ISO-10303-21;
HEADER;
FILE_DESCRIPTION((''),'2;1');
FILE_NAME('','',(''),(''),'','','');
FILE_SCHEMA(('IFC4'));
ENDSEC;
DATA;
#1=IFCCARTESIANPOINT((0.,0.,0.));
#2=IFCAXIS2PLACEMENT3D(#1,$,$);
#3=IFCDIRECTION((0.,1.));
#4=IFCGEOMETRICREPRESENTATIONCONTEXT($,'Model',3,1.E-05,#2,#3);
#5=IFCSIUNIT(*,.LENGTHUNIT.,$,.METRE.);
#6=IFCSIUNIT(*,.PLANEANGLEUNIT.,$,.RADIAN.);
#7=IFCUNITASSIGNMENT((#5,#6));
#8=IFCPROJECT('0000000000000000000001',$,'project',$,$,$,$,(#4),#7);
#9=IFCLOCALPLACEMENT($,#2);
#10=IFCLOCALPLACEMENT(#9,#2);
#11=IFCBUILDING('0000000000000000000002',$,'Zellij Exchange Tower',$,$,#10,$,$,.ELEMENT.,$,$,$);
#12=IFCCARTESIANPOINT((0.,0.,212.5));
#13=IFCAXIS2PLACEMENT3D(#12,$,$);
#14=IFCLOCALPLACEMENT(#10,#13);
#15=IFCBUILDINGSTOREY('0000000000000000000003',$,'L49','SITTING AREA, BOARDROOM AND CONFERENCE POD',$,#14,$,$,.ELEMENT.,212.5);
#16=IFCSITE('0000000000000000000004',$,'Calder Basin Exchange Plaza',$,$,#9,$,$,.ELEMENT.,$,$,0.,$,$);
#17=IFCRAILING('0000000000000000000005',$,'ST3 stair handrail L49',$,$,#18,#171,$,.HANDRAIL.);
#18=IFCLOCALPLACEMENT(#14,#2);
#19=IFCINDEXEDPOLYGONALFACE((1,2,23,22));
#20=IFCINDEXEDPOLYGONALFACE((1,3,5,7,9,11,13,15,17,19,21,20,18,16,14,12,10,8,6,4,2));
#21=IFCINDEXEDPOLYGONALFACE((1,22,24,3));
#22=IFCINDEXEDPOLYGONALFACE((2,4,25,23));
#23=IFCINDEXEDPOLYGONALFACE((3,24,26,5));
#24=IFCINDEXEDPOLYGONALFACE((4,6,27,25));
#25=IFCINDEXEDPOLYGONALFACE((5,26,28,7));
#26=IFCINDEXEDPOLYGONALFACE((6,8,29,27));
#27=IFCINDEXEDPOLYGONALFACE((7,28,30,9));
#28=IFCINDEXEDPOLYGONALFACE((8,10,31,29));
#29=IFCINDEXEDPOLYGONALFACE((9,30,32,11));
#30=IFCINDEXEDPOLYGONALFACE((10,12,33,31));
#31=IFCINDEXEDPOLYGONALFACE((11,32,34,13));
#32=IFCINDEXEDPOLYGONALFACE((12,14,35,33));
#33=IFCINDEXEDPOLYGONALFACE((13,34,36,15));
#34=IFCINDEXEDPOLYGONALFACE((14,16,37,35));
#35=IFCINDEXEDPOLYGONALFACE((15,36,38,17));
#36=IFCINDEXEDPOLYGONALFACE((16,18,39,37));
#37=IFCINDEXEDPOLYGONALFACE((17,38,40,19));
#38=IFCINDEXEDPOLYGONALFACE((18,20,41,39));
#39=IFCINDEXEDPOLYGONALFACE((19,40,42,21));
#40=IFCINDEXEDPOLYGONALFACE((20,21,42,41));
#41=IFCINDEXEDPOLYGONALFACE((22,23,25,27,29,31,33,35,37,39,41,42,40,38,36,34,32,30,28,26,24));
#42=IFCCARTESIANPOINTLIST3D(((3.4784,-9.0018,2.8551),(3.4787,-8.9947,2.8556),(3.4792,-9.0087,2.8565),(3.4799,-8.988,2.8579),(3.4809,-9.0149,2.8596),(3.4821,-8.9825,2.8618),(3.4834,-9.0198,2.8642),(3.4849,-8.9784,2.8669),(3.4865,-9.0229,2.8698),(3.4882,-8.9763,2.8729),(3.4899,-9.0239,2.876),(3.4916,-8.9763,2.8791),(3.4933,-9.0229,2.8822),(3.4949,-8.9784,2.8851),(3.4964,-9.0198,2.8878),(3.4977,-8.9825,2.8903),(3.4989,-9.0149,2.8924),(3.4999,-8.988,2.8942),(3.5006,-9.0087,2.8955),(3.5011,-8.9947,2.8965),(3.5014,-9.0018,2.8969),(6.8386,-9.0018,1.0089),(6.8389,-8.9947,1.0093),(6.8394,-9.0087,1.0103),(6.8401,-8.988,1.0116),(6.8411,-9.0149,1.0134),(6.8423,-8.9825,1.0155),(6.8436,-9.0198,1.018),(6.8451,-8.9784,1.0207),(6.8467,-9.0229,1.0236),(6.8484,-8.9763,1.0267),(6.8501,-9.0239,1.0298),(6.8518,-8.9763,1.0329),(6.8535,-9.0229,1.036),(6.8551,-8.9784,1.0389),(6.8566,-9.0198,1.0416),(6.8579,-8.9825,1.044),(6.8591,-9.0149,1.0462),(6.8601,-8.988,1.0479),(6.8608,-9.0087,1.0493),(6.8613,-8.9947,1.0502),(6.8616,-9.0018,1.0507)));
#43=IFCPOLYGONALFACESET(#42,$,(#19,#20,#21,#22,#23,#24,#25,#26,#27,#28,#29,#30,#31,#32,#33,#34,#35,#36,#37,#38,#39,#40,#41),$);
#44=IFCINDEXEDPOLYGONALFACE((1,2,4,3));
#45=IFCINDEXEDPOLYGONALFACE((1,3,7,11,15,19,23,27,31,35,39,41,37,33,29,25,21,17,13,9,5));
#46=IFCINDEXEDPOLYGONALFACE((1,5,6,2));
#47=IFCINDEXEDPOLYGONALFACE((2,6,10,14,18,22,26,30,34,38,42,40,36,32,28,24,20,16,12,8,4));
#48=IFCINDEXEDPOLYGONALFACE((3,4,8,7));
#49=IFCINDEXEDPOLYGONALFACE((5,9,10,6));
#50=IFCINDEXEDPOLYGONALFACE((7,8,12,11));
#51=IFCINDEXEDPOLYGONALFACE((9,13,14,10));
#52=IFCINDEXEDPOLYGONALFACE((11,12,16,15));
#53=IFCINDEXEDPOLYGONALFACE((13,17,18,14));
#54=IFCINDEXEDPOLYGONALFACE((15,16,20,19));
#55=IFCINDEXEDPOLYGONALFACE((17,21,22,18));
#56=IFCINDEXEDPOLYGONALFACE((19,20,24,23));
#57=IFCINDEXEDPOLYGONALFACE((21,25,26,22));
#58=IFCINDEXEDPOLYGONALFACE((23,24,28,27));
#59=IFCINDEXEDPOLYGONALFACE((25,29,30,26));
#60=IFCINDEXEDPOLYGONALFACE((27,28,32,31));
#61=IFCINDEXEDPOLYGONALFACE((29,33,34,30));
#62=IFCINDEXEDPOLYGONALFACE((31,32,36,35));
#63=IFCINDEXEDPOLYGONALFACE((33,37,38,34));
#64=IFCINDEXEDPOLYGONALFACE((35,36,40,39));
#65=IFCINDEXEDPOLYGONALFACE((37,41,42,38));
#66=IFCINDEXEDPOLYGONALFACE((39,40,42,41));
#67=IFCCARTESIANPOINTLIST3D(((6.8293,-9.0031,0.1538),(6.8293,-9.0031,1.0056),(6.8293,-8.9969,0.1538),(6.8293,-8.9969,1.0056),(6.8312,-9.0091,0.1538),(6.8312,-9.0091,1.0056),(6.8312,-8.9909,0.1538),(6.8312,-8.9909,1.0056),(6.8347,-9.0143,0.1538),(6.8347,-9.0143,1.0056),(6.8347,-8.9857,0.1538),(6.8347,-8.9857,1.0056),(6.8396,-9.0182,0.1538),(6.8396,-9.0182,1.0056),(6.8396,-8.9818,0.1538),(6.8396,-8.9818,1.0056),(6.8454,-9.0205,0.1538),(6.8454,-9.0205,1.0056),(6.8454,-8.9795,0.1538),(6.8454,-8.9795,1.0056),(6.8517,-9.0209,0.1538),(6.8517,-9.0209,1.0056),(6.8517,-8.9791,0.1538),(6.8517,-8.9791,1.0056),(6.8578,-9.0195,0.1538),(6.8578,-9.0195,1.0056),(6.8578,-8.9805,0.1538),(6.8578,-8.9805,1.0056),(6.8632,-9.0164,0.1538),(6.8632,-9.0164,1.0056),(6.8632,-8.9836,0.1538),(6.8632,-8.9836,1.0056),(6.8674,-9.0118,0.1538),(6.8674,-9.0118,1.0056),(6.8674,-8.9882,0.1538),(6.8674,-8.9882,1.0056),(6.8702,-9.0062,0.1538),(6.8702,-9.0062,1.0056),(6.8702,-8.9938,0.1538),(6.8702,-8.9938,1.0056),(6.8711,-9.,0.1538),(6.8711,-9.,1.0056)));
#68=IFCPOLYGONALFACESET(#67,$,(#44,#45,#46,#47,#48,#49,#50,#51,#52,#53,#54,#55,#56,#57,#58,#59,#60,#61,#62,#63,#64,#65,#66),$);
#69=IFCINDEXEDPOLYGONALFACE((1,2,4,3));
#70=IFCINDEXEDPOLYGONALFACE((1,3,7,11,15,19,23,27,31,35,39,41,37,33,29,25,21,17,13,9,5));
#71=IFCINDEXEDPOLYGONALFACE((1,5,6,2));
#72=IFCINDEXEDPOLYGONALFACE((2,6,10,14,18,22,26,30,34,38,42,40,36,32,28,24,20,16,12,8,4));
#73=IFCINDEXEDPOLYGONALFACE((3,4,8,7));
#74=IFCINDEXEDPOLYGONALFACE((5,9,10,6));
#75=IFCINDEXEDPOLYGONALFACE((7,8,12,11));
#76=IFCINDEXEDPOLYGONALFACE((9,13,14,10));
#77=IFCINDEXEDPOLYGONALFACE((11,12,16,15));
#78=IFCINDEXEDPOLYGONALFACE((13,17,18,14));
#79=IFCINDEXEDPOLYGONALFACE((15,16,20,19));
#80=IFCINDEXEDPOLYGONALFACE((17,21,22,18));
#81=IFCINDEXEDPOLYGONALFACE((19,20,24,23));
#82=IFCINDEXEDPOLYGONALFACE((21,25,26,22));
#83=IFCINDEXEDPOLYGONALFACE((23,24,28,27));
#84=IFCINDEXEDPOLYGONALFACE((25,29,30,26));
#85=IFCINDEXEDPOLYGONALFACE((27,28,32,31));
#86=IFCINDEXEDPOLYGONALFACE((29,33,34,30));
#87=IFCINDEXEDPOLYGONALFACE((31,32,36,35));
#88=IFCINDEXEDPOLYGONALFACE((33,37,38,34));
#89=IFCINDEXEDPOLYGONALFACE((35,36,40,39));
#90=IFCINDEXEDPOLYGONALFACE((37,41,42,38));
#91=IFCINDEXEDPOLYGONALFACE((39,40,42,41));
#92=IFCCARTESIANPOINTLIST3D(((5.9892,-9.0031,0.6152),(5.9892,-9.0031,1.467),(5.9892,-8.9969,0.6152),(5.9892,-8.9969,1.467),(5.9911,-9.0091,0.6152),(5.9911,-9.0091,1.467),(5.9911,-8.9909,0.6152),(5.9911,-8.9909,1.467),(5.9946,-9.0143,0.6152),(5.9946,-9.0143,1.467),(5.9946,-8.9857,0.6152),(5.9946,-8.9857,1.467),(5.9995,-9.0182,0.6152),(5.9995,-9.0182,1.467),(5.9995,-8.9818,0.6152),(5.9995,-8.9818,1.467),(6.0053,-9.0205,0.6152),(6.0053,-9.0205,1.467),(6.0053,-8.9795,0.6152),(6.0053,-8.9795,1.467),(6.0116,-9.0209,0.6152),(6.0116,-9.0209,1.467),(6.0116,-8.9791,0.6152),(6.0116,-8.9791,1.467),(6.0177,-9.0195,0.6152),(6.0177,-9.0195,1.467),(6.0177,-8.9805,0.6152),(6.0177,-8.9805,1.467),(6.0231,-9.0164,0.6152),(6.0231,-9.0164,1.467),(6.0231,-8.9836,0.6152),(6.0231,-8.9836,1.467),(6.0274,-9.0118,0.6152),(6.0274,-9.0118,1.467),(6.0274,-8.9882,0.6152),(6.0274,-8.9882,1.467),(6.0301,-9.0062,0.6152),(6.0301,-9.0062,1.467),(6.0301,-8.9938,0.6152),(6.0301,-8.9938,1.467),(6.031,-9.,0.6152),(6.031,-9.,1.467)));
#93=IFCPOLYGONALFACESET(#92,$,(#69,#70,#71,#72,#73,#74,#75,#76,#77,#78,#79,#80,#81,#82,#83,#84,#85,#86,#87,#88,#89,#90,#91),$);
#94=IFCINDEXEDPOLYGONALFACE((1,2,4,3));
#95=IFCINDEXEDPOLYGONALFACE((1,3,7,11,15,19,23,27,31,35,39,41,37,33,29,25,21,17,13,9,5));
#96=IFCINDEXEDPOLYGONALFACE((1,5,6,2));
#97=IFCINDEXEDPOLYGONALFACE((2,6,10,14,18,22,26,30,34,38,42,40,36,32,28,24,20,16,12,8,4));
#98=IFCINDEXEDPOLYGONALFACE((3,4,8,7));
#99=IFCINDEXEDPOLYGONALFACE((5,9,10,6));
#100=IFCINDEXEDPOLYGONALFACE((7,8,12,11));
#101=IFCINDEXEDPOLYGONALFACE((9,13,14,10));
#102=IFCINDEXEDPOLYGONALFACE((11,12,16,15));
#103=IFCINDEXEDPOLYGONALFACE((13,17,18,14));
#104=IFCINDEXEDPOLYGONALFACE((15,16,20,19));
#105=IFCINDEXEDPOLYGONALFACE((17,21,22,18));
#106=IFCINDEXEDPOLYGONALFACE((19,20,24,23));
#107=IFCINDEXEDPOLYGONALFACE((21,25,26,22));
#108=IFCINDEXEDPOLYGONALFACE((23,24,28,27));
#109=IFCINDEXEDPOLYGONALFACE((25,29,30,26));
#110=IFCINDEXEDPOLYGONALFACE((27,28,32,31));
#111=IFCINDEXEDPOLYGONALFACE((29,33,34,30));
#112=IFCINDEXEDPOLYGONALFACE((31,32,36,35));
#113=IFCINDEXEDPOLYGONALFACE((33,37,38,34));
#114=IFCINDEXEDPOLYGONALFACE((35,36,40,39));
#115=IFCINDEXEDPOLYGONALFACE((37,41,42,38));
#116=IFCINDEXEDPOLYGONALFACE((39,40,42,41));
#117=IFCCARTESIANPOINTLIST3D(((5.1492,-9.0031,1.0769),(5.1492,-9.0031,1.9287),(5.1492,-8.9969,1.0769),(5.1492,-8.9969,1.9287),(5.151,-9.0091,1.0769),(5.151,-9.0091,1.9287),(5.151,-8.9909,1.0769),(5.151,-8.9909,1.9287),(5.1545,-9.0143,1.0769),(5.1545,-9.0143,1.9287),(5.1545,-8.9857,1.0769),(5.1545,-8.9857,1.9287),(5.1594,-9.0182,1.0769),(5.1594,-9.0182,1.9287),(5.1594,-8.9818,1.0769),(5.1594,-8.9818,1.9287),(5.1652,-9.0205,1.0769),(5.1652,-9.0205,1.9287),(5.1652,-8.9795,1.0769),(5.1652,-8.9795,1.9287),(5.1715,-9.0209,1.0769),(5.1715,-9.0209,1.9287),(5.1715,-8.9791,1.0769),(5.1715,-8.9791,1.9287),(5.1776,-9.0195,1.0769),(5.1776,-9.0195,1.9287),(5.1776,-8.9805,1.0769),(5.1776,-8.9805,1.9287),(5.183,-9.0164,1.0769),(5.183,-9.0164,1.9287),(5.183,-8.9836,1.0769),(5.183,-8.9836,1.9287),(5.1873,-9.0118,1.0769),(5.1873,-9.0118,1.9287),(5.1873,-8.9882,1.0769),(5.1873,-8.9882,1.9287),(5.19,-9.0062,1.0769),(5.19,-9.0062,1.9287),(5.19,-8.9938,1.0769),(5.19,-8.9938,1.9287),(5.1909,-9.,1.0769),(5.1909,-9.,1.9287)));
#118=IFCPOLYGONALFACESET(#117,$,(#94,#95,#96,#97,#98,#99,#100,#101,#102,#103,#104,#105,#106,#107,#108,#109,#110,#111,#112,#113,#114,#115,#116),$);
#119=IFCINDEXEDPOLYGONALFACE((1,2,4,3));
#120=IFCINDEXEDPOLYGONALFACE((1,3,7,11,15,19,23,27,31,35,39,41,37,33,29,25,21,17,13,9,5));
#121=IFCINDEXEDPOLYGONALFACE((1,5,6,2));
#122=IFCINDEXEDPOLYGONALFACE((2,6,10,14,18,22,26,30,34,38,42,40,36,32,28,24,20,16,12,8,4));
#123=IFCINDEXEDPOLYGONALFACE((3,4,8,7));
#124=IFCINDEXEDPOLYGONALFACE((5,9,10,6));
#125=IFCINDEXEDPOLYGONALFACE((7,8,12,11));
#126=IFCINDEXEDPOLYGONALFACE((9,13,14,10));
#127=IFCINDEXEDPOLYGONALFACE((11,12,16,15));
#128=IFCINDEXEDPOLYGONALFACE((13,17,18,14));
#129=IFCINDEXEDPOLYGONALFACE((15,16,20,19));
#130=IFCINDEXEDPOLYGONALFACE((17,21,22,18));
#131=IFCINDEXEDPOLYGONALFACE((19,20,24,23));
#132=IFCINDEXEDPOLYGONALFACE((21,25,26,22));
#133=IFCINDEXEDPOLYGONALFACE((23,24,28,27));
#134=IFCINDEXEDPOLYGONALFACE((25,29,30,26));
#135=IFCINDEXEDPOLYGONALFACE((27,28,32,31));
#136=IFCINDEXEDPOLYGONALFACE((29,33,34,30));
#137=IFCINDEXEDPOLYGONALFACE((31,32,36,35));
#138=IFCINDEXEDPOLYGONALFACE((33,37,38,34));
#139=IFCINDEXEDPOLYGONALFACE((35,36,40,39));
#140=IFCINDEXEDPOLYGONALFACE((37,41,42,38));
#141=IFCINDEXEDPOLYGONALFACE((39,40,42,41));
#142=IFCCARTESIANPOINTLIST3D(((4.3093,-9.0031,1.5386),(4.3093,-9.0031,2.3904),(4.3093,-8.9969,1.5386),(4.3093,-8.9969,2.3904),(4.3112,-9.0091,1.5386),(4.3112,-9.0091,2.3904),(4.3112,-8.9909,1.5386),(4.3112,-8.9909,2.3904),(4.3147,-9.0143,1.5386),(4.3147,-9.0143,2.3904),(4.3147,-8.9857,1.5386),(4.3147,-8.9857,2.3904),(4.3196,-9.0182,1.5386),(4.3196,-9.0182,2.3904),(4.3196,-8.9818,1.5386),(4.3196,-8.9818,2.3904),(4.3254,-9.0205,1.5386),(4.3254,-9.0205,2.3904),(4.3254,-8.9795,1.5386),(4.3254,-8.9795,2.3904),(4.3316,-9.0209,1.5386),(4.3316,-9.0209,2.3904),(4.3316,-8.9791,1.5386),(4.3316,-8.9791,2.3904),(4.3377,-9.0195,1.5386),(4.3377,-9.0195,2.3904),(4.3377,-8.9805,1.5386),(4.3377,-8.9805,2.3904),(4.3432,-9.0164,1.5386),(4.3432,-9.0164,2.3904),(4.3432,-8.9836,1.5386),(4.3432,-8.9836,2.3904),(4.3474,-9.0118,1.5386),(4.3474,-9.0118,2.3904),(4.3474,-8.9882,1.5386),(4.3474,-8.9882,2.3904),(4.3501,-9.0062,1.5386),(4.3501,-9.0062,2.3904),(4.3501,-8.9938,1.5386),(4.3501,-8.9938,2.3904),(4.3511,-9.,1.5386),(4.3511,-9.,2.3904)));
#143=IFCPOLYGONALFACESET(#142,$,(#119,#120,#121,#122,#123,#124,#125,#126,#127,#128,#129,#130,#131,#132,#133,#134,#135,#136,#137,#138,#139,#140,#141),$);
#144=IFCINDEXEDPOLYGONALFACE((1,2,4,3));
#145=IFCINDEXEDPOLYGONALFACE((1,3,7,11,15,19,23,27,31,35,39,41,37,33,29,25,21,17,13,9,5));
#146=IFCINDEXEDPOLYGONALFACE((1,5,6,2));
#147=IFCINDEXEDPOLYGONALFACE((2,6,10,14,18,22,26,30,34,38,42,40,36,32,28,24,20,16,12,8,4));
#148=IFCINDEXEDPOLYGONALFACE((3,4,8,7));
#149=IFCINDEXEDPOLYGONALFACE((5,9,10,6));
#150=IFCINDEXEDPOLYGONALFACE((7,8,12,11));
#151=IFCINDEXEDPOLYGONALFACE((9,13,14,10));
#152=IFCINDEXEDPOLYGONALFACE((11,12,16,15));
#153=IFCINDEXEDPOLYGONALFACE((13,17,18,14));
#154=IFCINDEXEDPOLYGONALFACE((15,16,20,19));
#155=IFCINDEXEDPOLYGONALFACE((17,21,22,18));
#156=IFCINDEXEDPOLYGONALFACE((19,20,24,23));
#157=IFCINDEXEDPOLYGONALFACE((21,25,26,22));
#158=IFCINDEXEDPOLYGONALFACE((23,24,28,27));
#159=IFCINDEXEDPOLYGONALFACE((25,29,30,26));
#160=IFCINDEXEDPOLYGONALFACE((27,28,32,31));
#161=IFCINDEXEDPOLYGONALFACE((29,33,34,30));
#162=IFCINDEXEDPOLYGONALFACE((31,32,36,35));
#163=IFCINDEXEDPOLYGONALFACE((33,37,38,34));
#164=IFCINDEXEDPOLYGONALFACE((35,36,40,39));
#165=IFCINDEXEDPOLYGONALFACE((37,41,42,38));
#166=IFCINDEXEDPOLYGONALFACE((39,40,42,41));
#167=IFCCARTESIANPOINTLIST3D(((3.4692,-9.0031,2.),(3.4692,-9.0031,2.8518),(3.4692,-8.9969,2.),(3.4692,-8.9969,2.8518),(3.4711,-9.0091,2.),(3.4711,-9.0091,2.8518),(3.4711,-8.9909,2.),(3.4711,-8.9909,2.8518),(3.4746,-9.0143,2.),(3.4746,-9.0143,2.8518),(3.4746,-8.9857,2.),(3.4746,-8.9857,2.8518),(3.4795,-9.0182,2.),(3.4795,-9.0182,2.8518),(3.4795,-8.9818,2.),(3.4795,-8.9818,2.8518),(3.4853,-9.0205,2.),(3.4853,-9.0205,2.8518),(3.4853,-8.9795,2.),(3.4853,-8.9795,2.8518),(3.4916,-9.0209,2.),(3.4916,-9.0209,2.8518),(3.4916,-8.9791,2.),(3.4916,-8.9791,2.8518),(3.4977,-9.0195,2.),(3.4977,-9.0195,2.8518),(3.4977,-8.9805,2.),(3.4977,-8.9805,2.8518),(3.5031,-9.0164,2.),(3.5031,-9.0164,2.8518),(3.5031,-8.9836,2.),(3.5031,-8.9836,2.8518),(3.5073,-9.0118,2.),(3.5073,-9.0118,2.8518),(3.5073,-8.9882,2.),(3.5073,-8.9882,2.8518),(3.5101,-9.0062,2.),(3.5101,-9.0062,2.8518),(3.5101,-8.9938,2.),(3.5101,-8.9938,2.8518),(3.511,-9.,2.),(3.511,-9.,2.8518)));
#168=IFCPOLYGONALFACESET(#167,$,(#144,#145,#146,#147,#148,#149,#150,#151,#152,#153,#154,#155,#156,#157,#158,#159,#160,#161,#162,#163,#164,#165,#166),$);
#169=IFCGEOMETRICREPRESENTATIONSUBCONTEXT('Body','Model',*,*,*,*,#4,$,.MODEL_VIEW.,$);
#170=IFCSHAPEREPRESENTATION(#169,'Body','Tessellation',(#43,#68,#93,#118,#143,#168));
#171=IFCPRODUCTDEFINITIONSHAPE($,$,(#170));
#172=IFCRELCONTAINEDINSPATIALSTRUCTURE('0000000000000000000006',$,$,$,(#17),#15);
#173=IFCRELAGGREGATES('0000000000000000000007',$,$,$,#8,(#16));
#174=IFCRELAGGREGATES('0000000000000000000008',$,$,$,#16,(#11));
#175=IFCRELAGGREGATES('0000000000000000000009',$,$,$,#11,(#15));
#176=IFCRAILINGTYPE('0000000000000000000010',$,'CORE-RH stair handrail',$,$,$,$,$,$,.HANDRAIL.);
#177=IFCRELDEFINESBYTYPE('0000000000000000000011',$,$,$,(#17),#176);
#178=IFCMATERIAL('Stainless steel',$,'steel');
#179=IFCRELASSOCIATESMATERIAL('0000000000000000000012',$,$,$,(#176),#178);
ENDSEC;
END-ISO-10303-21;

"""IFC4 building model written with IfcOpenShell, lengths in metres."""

from ifc_helpers import new_model, si_unit, direction, frame, origin, origin_2d, place, context, subcontext, project, spatial, circle, extrude, material, type_object, element, save


model = new_model("IFC4")

# Units and contexts
model_context = context("Model", 3, precision=1e-05, world=origin(), true_north=direction((0.0, 1.0)))
body_context = subcontext(model_context, "Body", "Model", "MODEL_VIEW")
ifc_project = project(units=[si_unit("LENGTHUNIT", "METRE"), si_unit("PLANEANGLEUNIT", "RADIAN")], contexts=[model_context])

# Site, building, storey
site_placement = place(None, origin())
site = spatial("IfcSite", under=ifc_project, at=site_placement, Name="Calder Basin Exchange Plaza", CompositionType="ELEMENT", RefElevation=0.0)
building_placement = place(site_placement, origin())
building = spatial("IfcBuilding", under=site, at=building_placement, Name="Zellij Exchange Tower", CompositionType="ELEMENT")
storey_placement = place(building_placement, frame((0.0, 0.0, 212.5)))
storey = spatial("IfcBuildingStorey", under=building, at=storey_placement, Name="L49", Description="SITTING AREA, BOARDROOM AND CONFERENCE POD", CompositionType="ELEMENT", Elevation=212.5)

# Railing
ifc_material_1 = material(Name="Stainless steel", Category="steel")
railing_type_1 = type_object("IfcRailingType", Name="CORE-RH stair handrail", PredefinedType="HANDRAIL", material=ifc_material_1)
railing_1_placement = place(storey_placement, frame((6.8501, -9.0, 0.1538)))
element("IfcRailing", 1, at=railing_1_placement, inside=storey, type_object=railing_type_1, Name="ST3 stair handrail L49", PredefinedType="HANDRAIL", context=body_context, shape_type="SweptSolid", body=[
    extrude(circle(Radius=0.0239, at=origin_2d()), frame((0.0, 0.0, 0.876), z_axis=(-0.876422, 0.0, 0.481545), x_axis=(0.0, -1.0, 0.0)), (0.0, 0.0, 1.0), 3.834),
    extrude(circle(Radius=0.021, at=origin_2d()), origin(), (0.0, 0.0, 1.0), 0.8518),
    extrude(circle(Radius=0.021, at=origin_2d()), frame((-0.8401, 0.0, 0.4614)), (0.0, 0.0, 1.0), 0.8518),
    extrude(circle(Radius=0.021, at=origin_2d()), frame((-1.6802, 0.0, 0.9231)), (0.0, 0.0, 1.0), 0.8518),
    extrude(circle(Radius=0.021, at=origin_2d()), frame((-2.52, 0.0, 1.3848)), (0.0, 0.0, 1.0), 0.8518),
    extrude(circle(Radius=0.021, at=origin_2d()), frame((-3.3601, 0.0, 1.8462)), (0.0, 0.0, 1.0), 0.8518),
])

save(model, "model.ifc")
